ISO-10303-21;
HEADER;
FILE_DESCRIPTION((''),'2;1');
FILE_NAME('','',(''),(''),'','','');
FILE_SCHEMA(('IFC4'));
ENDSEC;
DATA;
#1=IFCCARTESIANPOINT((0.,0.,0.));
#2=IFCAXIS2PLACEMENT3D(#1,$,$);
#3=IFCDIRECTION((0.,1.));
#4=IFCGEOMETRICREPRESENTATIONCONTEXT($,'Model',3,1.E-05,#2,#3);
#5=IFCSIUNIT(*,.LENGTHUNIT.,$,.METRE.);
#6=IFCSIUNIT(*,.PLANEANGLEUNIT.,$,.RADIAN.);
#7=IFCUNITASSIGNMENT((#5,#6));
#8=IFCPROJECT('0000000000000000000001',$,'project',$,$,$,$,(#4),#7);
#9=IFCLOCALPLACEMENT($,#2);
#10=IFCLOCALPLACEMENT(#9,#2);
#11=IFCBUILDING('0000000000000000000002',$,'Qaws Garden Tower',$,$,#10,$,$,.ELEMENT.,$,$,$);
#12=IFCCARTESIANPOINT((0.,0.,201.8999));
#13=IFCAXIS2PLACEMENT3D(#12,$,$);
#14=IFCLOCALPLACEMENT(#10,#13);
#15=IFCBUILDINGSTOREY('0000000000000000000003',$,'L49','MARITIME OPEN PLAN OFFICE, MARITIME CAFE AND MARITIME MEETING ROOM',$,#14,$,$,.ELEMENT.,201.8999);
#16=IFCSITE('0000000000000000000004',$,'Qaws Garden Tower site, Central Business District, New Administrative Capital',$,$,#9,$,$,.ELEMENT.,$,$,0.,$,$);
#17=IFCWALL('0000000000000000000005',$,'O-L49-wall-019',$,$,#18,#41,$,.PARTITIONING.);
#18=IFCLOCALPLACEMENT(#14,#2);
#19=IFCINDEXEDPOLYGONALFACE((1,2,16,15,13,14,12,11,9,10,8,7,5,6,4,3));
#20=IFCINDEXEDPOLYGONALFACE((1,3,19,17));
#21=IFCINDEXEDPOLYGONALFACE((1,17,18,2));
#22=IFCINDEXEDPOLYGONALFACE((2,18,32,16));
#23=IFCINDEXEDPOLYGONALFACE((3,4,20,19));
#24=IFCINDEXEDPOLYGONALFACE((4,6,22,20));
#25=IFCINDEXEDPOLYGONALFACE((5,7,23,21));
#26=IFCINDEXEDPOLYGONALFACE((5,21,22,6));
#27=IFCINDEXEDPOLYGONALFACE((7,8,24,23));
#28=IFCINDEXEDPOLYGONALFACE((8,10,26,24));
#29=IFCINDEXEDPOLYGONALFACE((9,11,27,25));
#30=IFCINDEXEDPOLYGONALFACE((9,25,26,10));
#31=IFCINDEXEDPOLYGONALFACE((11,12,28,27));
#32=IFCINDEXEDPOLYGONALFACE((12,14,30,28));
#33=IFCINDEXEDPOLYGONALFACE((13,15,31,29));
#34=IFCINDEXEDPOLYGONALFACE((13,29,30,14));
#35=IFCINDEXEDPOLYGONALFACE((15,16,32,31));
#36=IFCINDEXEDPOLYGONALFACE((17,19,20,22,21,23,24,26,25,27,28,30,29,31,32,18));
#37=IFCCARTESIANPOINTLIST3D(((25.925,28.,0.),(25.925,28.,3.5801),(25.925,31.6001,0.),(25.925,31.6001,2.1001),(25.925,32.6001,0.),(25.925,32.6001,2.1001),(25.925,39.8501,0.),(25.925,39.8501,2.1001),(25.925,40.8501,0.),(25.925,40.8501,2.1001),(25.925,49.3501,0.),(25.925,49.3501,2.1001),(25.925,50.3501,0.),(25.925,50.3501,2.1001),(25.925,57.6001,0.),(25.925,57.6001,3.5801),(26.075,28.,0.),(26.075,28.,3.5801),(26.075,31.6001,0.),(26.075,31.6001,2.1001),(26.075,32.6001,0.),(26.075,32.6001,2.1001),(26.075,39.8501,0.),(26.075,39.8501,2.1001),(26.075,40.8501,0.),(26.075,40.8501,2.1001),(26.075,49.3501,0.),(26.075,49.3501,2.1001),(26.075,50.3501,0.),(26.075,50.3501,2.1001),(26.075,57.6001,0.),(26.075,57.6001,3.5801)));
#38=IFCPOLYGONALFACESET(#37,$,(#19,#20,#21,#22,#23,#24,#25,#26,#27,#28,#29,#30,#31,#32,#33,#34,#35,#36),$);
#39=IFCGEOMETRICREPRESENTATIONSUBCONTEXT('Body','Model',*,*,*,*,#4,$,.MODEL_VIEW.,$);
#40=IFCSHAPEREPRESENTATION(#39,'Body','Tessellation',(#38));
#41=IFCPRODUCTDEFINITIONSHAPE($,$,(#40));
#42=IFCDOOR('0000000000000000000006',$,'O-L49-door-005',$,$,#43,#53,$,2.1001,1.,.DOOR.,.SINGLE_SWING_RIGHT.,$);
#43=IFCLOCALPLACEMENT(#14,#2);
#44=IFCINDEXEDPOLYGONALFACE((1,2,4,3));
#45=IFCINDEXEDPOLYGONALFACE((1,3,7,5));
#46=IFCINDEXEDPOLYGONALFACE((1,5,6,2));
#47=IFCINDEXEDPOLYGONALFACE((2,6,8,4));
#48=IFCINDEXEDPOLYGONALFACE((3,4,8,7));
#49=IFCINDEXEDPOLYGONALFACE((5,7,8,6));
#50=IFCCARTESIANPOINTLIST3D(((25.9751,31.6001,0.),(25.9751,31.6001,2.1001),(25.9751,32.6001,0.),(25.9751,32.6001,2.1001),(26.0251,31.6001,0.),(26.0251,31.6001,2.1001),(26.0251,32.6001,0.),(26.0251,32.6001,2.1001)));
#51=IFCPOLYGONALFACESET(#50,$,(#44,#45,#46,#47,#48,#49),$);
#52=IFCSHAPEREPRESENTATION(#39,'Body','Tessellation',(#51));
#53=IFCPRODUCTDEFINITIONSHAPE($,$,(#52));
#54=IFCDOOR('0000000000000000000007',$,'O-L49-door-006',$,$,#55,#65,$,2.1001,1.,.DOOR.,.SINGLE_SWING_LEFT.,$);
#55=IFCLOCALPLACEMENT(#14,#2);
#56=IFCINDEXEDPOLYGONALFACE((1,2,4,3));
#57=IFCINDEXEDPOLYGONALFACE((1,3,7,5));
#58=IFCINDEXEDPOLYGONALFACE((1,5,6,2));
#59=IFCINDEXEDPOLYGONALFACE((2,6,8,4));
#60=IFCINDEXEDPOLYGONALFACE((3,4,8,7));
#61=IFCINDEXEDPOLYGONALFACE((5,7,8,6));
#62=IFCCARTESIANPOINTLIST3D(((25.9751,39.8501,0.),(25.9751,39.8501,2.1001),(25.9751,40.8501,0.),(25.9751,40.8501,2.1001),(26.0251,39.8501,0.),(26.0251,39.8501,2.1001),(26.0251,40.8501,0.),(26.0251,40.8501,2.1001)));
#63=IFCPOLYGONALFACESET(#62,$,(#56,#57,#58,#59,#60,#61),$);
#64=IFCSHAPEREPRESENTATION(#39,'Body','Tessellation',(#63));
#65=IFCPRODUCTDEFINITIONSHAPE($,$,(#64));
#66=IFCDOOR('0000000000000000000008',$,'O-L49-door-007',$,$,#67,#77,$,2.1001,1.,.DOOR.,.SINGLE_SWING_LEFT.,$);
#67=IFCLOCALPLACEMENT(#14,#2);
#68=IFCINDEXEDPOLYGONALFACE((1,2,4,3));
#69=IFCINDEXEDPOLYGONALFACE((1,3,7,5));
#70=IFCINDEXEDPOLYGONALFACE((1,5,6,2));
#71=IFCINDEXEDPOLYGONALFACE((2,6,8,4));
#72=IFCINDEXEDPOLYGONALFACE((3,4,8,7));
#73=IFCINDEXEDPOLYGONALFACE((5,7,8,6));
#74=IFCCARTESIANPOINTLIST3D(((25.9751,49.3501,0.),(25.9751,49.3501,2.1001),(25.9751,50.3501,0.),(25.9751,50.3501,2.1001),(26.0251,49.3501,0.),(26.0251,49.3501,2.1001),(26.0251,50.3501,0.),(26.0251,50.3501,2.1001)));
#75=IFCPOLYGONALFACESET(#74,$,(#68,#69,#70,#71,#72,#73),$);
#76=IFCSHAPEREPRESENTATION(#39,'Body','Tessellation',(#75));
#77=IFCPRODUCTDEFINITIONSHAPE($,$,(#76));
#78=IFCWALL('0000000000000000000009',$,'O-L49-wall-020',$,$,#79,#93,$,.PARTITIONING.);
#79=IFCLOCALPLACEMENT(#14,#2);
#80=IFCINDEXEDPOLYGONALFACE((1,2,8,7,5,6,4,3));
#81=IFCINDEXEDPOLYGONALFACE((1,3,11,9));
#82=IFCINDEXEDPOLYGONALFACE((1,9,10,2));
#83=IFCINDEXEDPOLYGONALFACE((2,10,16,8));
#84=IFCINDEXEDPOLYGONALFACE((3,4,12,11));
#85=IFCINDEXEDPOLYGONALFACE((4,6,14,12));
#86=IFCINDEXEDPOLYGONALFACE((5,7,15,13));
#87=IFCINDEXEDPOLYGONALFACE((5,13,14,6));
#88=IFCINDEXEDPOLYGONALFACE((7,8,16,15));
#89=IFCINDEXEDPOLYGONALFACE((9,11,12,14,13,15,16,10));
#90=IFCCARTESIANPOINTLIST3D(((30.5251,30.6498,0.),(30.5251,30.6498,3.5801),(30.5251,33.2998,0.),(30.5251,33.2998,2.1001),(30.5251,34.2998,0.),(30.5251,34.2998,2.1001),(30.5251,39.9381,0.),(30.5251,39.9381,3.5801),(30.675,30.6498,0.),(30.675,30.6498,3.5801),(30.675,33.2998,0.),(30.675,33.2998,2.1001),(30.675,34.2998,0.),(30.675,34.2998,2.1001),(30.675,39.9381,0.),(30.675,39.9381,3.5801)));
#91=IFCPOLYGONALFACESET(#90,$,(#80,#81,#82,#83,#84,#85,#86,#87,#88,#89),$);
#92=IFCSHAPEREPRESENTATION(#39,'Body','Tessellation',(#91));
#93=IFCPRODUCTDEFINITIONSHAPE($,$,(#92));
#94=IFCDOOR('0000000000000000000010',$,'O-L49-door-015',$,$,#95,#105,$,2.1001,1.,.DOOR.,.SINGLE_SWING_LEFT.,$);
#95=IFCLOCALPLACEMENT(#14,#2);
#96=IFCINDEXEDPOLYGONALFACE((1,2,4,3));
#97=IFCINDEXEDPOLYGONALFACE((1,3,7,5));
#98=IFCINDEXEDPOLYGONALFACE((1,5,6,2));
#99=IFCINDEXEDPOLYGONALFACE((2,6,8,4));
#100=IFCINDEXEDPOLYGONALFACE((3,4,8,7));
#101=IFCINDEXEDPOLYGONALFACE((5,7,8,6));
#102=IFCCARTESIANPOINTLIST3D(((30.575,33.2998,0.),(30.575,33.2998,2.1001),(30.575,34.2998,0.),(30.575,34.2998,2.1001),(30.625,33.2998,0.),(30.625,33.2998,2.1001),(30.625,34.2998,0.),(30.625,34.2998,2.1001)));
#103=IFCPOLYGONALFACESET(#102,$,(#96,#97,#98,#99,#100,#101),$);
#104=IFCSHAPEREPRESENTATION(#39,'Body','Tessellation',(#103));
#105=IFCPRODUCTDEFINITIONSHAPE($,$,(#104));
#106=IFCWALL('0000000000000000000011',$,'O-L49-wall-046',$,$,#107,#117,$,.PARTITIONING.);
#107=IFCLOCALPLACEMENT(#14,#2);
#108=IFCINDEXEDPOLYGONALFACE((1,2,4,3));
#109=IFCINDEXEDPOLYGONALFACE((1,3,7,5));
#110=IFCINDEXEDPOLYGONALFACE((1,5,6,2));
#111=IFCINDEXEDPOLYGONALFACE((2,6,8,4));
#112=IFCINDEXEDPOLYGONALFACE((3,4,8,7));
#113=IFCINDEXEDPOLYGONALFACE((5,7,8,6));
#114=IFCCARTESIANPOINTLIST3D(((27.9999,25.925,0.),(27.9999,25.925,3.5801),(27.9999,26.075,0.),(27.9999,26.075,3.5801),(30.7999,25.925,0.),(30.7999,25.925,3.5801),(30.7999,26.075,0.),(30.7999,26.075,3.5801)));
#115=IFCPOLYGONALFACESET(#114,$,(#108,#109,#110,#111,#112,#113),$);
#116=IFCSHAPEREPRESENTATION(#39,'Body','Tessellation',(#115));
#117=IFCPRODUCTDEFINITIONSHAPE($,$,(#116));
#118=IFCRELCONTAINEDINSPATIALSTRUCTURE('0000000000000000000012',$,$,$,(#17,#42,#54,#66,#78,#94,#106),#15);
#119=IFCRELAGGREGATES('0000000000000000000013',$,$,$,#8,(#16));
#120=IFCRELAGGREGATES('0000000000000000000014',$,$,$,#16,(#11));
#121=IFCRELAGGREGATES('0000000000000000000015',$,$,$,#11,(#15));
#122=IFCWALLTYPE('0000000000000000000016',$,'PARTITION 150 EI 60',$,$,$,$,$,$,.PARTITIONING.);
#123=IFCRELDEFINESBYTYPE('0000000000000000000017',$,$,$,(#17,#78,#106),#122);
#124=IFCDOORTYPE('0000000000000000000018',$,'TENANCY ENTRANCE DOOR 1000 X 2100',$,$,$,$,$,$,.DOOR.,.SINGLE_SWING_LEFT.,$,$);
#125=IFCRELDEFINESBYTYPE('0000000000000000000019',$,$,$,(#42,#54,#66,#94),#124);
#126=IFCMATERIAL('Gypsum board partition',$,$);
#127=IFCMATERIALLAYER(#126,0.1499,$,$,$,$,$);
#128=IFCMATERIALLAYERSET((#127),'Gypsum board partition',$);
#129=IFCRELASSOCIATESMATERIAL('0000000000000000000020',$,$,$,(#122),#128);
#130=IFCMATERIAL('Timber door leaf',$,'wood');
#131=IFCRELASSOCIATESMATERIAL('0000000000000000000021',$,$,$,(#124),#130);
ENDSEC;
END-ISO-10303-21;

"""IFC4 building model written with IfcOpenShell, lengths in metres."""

from ifc_helpers import new_model, si_unit, direction, frame, frame_2d, origin, place, context, subcontext, project, spatial, rectangle, extrude, material, layer, layer_set, type_object, element, fill, save


model = new_model("IFC4")

# Units and contexts
model_context = context("Model", 3, precision=1e-05, world=origin(), true_north=direction((0.0, 1.0)))
body_context = subcontext(model_context, "Body", "Model", "MODEL_VIEW")
ifc_project = project(units=[si_unit("LENGTHUNIT", "METRE"), si_unit("PLANEANGLEUNIT", "RADIAN")], contexts=[model_context])

# Site, building, storey
site_placement = place(None, origin())
site = spatial("IfcSite", under=ifc_project, at=site_placement, Name="Qaws Garden Tower site, Central Business District, New Administrative Capital", CompositionType="ELEMENT", RefElevation=0.0)
building_placement = place(site_placement, origin())
building = spatial("IfcBuilding", under=site, at=building_placement, Name="Qaws Garden Tower", CompositionType="ELEMENT")
storey_placement = place(building_placement, frame((0.0, 0.0, 201.8999)))
storey = spatial("IfcBuildingStorey", under=building, at=storey_placement, Name="L49", Description="MARITIME OPEN PLAN OFFICE, MARITIME CAFE AND MARITIME MEETING ROOM", CompositionType="ELEMENT", Elevation=201.8999)

# Shared definitions
ifc_material_1 = material(Name="Gypsum board partition")
ifc_layer_1 = layer(ifc_material_1, 0.1499)
ifc_layer_set_1 = layer_set([ifc_layer_1], Name="Gypsum board partition")
wall_type_1 = type_object("IfcWallType", Name="PARTITION 150 EI 60", PredefinedType="PARTITIONING", material=ifc_layer_set_1)

# Wall, openings, doors
wall_1_placement = place(storey_placement, frame((26.0, 28.0, 0.0), z_axis=(0.0, 0.0, 1.0), x_axis=(0.0, 1.0, 0.0)))
wall_1 = element("IfcWall", 1, at=wall_1_placement, inside=storey, type_object=wall_type_1, Name="O-L49-wall-019", PredefinedType="PARTITIONING", context=body_context, shape_type="SweptSolid", body=[
    extrude(rectangle(XDim=29.6001, YDim=0.1499, at=frame_2d((14.8, 0.0))), origin(), (0.0, 0.0, 1.0), 3.5801),
])
opening_1_placement = place(wall_1_placement, frame((3.6001, 0.0, 0.0)))
opening_1 = element("IfcOpeningElement", 2, at=opening_1_placement, cuts=wall_1, PredefinedType="OPENING", context=body_context, shape_type="SweptSolid", body=[
    extrude(rectangle(XDim=1.0, YDim=2.1001, at=frame_2d((0.5, 1.05))), frame((0.0, 0.085, 0.0), z_axis=(0.0, -1.0, 0.0), x_axis=(1.0, 0.0, 0.0)), (0.0, 0.0, 1.0), 0.1699),
])
opening_2_placement = place(wall_1_placement, frame((11.8501, 0.0, 0.0)))
opening_2 = element("IfcOpeningElement", 3, at=opening_2_placement, cuts=wall_1, PredefinedType="OPENING", context=body_context, shape_type="SweptSolid", body=[
    extrude(rectangle(XDim=1.0, YDim=2.1001, at=frame_2d((0.5, 1.05))), frame((0.0, 0.085, 0.0), z_axis=(0.0, -1.0, 0.0), x_axis=(1.0, 0.0, 0.0)), (0.0, 0.0, 1.0), 0.1699),
])
opening_3_placement = place(wall_1_placement, frame((21.3501, 0.0, 0.0)))
opening_3 = element("IfcOpeningElement", 4, at=opening_3_placement, cuts=wall_1, PredefinedType="OPENING", context=body_context, shape_type="SweptSolid", body=[
    extrude(rectangle(XDim=1.0, YDim=2.1001, at=frame_2d((0.5, 1.05))), frame((0.0, 0.085, 0.0), z_axis=(0.0, -1.0, 0.0), x_axis=(1.0, 0.0, 0.0)), (0.0, 0.0, 1.0), 0.1699),
])
ifc_material_2 = material(Name="Timber door leaf", Category="wood")
door_type_1 = type_object("IfcDoorType", Name="TENANCY ENTRANCE DOOR 1000 X 2100", OperationType="SINGLE_SWING_LEFT", PredefinedType="DOOR", material=ifc_material_2)
door_1_placement = place(opening_1_placement, origin())
door_1 = element("IfcDoor", 5, at=door_1_placement, inside=storey, type_object=door_type_1, Name="O-L49-door-005", OperationType="SINGLE_SWING_RIGHT", OverallHeight=2.1001, OverallWidth=1.0, PredefinedType="DOOR", context=body_context, shape_type="SweptSolid", body=[
    extrude(rectangle(XDim=1.0, YDim=2.1001, at=frame_2d((0.5, 1.05))), frame((0.0, 0.0249, 0.0), z_axis=(0.0, -1.0, 0.0), x_axis=(1.0, 0.0, 0.0)), (0.0, 0.0, 1.0), 0.05),
])
fill(opening_1, door_1)
door_2_placement = place(opening_2_placement, origin())
door_2 = element("IfcDoor", 6, at=door_2_placement, inside=storey, type_object=door_type_1, Name="O-L49-door-006", OperationType="SINGLE_SWING_LEFT", OverallHeight=2.1001, OverallWidth=1.0, PredefinedType="DOOR", context=body_context, shape_type="SweptSolid", body=[
    extrude(rectangle(XDim=1.0, YDim=2.1001, at=frame_2d((0.5, 1.05))), frame((0.0, 0.0249, 0.0), z_axis=(0.0, -1.0, 0.0), x_axis=(1.0, 0.0, 0.0)), (0.0, 0.0, 1.0), 0.05),
])
fill(opening_2, door_2)
door_3_placement = place(opening_3_placement, origin())
door_3 = element("IfcDoor", 7, at=door_3_placement, inside=storey, type_object=door_type_1, Name="O-L49-door-007", OperationType="SINGLE_SWING_LEFT", OverallHeight=2.1001, OverallWidth=1.0, PredefinedType="DOOR", context=body_context, shape_type="SweptSolid", body=[
    extrude(rectangle(XDim=1.0, YDim=2.1001, at=frame_2d((0.5, 1.05))), frame((0.0, 0.0249, 0.0), z_axis=(0.0, -1.0, 0.0), x_axis=(1.0, 0.0, 0.0)), (0.0, 0.0, 1.0), 0.05),
])
fill(opening_3, door_3)

# Wall, opening, door
wall_2_placement = place(storey_placement, frame((30.6001, 30.6499, 0.0), z_axis=(0.0, 0.0, 1.0), x_axis=(0.0, 1.0, 0.0)))
wall_2 = element("IfcWall", 8, at=wall_2_placement, inside=storey, type_object=wall_type_1, Name="O-L49-wall-020", PredefinedType="PARTITIONING", context=body_context, shape_type="SweptSolid", body=[
    extrude(rectangle(XDim=9.2883, YDim=0.1499, at=frame_2d((4.644, 0.0))), origin(), (0.0, 0.0, 1.0), 3.5801),
])
opening_4_placement = place(wall_2_placement, frame((2.6499, 0.0, 0.0)))
opening_4 = element("IfcOpeningElement", 9, at=opening_4_placement, cuts=wall_2, PredefinedType="OPENING", context=body_context, shape_type="SweptSolid", body=[
    extrude(rectangle(XDim=1.0, YDim=2.1001, at=frame_2d((0.5, 1.05))), frame((0.0, 0.085, 0.0), z_axis=(0.0, -1.0, 0.0), x_axis=(1.0, 0.0, 0.0)), (0.0, 0.0, 1.0), 0.1699),
])
door_4_placement = place(opening_4_placement, frame((1.0, 0.0, 0.0), z_axis=(0.0, 0.0, 1.0), x_axis=(-1.0, 0.0, 0.0)))
door_4 = element("IfcDoor", 10, at=door_4_placement, inside=storey, type_object=door_type_1, Name="O-L49-door-015", OperationType="SINGLE_SWING_LEFT", OverallHeight=2.1001, OverallWidth=1.0, PredefinedType="DOOR", context=body_context, shape_type="SweptSolid", body=[
    extrude(rectangle(XDim=1.0, YDim=2.1001, at=frame_2d((0.5, 1.05))), frame((0.0, 0.0249, 0.0), z_axis=(0.0, -1.0, 0.0), x_axis=(1.0, 0.0, 0.0)), (0.0, 0.0, 1.0), 0.05),
])
fill(opening_4, door_4)

# Wall
wall_3_placement = place(storey_placement, frame((28.0, 26.0, 0.0), z_axis=(0.0, 0.0, 1.0), x_axis=(1.0, 0.0, 0.0)))
element("IfcWall", 11, at=wall_3_placement, inside=storey, type_object=wall_type_1, Name="O-L49-wall-046", PredefinedType="PARTITIONING", context=body_context, shape_type="SweptSolid", body=[
    extrude(rectangle(XDim=2.8, YDim=0.1499, at=frame_2d((1.3999, 0.0))), origin(), (0.0, 0.0, 1.0), 3.5801),
])

save(model, "model.ifc")
